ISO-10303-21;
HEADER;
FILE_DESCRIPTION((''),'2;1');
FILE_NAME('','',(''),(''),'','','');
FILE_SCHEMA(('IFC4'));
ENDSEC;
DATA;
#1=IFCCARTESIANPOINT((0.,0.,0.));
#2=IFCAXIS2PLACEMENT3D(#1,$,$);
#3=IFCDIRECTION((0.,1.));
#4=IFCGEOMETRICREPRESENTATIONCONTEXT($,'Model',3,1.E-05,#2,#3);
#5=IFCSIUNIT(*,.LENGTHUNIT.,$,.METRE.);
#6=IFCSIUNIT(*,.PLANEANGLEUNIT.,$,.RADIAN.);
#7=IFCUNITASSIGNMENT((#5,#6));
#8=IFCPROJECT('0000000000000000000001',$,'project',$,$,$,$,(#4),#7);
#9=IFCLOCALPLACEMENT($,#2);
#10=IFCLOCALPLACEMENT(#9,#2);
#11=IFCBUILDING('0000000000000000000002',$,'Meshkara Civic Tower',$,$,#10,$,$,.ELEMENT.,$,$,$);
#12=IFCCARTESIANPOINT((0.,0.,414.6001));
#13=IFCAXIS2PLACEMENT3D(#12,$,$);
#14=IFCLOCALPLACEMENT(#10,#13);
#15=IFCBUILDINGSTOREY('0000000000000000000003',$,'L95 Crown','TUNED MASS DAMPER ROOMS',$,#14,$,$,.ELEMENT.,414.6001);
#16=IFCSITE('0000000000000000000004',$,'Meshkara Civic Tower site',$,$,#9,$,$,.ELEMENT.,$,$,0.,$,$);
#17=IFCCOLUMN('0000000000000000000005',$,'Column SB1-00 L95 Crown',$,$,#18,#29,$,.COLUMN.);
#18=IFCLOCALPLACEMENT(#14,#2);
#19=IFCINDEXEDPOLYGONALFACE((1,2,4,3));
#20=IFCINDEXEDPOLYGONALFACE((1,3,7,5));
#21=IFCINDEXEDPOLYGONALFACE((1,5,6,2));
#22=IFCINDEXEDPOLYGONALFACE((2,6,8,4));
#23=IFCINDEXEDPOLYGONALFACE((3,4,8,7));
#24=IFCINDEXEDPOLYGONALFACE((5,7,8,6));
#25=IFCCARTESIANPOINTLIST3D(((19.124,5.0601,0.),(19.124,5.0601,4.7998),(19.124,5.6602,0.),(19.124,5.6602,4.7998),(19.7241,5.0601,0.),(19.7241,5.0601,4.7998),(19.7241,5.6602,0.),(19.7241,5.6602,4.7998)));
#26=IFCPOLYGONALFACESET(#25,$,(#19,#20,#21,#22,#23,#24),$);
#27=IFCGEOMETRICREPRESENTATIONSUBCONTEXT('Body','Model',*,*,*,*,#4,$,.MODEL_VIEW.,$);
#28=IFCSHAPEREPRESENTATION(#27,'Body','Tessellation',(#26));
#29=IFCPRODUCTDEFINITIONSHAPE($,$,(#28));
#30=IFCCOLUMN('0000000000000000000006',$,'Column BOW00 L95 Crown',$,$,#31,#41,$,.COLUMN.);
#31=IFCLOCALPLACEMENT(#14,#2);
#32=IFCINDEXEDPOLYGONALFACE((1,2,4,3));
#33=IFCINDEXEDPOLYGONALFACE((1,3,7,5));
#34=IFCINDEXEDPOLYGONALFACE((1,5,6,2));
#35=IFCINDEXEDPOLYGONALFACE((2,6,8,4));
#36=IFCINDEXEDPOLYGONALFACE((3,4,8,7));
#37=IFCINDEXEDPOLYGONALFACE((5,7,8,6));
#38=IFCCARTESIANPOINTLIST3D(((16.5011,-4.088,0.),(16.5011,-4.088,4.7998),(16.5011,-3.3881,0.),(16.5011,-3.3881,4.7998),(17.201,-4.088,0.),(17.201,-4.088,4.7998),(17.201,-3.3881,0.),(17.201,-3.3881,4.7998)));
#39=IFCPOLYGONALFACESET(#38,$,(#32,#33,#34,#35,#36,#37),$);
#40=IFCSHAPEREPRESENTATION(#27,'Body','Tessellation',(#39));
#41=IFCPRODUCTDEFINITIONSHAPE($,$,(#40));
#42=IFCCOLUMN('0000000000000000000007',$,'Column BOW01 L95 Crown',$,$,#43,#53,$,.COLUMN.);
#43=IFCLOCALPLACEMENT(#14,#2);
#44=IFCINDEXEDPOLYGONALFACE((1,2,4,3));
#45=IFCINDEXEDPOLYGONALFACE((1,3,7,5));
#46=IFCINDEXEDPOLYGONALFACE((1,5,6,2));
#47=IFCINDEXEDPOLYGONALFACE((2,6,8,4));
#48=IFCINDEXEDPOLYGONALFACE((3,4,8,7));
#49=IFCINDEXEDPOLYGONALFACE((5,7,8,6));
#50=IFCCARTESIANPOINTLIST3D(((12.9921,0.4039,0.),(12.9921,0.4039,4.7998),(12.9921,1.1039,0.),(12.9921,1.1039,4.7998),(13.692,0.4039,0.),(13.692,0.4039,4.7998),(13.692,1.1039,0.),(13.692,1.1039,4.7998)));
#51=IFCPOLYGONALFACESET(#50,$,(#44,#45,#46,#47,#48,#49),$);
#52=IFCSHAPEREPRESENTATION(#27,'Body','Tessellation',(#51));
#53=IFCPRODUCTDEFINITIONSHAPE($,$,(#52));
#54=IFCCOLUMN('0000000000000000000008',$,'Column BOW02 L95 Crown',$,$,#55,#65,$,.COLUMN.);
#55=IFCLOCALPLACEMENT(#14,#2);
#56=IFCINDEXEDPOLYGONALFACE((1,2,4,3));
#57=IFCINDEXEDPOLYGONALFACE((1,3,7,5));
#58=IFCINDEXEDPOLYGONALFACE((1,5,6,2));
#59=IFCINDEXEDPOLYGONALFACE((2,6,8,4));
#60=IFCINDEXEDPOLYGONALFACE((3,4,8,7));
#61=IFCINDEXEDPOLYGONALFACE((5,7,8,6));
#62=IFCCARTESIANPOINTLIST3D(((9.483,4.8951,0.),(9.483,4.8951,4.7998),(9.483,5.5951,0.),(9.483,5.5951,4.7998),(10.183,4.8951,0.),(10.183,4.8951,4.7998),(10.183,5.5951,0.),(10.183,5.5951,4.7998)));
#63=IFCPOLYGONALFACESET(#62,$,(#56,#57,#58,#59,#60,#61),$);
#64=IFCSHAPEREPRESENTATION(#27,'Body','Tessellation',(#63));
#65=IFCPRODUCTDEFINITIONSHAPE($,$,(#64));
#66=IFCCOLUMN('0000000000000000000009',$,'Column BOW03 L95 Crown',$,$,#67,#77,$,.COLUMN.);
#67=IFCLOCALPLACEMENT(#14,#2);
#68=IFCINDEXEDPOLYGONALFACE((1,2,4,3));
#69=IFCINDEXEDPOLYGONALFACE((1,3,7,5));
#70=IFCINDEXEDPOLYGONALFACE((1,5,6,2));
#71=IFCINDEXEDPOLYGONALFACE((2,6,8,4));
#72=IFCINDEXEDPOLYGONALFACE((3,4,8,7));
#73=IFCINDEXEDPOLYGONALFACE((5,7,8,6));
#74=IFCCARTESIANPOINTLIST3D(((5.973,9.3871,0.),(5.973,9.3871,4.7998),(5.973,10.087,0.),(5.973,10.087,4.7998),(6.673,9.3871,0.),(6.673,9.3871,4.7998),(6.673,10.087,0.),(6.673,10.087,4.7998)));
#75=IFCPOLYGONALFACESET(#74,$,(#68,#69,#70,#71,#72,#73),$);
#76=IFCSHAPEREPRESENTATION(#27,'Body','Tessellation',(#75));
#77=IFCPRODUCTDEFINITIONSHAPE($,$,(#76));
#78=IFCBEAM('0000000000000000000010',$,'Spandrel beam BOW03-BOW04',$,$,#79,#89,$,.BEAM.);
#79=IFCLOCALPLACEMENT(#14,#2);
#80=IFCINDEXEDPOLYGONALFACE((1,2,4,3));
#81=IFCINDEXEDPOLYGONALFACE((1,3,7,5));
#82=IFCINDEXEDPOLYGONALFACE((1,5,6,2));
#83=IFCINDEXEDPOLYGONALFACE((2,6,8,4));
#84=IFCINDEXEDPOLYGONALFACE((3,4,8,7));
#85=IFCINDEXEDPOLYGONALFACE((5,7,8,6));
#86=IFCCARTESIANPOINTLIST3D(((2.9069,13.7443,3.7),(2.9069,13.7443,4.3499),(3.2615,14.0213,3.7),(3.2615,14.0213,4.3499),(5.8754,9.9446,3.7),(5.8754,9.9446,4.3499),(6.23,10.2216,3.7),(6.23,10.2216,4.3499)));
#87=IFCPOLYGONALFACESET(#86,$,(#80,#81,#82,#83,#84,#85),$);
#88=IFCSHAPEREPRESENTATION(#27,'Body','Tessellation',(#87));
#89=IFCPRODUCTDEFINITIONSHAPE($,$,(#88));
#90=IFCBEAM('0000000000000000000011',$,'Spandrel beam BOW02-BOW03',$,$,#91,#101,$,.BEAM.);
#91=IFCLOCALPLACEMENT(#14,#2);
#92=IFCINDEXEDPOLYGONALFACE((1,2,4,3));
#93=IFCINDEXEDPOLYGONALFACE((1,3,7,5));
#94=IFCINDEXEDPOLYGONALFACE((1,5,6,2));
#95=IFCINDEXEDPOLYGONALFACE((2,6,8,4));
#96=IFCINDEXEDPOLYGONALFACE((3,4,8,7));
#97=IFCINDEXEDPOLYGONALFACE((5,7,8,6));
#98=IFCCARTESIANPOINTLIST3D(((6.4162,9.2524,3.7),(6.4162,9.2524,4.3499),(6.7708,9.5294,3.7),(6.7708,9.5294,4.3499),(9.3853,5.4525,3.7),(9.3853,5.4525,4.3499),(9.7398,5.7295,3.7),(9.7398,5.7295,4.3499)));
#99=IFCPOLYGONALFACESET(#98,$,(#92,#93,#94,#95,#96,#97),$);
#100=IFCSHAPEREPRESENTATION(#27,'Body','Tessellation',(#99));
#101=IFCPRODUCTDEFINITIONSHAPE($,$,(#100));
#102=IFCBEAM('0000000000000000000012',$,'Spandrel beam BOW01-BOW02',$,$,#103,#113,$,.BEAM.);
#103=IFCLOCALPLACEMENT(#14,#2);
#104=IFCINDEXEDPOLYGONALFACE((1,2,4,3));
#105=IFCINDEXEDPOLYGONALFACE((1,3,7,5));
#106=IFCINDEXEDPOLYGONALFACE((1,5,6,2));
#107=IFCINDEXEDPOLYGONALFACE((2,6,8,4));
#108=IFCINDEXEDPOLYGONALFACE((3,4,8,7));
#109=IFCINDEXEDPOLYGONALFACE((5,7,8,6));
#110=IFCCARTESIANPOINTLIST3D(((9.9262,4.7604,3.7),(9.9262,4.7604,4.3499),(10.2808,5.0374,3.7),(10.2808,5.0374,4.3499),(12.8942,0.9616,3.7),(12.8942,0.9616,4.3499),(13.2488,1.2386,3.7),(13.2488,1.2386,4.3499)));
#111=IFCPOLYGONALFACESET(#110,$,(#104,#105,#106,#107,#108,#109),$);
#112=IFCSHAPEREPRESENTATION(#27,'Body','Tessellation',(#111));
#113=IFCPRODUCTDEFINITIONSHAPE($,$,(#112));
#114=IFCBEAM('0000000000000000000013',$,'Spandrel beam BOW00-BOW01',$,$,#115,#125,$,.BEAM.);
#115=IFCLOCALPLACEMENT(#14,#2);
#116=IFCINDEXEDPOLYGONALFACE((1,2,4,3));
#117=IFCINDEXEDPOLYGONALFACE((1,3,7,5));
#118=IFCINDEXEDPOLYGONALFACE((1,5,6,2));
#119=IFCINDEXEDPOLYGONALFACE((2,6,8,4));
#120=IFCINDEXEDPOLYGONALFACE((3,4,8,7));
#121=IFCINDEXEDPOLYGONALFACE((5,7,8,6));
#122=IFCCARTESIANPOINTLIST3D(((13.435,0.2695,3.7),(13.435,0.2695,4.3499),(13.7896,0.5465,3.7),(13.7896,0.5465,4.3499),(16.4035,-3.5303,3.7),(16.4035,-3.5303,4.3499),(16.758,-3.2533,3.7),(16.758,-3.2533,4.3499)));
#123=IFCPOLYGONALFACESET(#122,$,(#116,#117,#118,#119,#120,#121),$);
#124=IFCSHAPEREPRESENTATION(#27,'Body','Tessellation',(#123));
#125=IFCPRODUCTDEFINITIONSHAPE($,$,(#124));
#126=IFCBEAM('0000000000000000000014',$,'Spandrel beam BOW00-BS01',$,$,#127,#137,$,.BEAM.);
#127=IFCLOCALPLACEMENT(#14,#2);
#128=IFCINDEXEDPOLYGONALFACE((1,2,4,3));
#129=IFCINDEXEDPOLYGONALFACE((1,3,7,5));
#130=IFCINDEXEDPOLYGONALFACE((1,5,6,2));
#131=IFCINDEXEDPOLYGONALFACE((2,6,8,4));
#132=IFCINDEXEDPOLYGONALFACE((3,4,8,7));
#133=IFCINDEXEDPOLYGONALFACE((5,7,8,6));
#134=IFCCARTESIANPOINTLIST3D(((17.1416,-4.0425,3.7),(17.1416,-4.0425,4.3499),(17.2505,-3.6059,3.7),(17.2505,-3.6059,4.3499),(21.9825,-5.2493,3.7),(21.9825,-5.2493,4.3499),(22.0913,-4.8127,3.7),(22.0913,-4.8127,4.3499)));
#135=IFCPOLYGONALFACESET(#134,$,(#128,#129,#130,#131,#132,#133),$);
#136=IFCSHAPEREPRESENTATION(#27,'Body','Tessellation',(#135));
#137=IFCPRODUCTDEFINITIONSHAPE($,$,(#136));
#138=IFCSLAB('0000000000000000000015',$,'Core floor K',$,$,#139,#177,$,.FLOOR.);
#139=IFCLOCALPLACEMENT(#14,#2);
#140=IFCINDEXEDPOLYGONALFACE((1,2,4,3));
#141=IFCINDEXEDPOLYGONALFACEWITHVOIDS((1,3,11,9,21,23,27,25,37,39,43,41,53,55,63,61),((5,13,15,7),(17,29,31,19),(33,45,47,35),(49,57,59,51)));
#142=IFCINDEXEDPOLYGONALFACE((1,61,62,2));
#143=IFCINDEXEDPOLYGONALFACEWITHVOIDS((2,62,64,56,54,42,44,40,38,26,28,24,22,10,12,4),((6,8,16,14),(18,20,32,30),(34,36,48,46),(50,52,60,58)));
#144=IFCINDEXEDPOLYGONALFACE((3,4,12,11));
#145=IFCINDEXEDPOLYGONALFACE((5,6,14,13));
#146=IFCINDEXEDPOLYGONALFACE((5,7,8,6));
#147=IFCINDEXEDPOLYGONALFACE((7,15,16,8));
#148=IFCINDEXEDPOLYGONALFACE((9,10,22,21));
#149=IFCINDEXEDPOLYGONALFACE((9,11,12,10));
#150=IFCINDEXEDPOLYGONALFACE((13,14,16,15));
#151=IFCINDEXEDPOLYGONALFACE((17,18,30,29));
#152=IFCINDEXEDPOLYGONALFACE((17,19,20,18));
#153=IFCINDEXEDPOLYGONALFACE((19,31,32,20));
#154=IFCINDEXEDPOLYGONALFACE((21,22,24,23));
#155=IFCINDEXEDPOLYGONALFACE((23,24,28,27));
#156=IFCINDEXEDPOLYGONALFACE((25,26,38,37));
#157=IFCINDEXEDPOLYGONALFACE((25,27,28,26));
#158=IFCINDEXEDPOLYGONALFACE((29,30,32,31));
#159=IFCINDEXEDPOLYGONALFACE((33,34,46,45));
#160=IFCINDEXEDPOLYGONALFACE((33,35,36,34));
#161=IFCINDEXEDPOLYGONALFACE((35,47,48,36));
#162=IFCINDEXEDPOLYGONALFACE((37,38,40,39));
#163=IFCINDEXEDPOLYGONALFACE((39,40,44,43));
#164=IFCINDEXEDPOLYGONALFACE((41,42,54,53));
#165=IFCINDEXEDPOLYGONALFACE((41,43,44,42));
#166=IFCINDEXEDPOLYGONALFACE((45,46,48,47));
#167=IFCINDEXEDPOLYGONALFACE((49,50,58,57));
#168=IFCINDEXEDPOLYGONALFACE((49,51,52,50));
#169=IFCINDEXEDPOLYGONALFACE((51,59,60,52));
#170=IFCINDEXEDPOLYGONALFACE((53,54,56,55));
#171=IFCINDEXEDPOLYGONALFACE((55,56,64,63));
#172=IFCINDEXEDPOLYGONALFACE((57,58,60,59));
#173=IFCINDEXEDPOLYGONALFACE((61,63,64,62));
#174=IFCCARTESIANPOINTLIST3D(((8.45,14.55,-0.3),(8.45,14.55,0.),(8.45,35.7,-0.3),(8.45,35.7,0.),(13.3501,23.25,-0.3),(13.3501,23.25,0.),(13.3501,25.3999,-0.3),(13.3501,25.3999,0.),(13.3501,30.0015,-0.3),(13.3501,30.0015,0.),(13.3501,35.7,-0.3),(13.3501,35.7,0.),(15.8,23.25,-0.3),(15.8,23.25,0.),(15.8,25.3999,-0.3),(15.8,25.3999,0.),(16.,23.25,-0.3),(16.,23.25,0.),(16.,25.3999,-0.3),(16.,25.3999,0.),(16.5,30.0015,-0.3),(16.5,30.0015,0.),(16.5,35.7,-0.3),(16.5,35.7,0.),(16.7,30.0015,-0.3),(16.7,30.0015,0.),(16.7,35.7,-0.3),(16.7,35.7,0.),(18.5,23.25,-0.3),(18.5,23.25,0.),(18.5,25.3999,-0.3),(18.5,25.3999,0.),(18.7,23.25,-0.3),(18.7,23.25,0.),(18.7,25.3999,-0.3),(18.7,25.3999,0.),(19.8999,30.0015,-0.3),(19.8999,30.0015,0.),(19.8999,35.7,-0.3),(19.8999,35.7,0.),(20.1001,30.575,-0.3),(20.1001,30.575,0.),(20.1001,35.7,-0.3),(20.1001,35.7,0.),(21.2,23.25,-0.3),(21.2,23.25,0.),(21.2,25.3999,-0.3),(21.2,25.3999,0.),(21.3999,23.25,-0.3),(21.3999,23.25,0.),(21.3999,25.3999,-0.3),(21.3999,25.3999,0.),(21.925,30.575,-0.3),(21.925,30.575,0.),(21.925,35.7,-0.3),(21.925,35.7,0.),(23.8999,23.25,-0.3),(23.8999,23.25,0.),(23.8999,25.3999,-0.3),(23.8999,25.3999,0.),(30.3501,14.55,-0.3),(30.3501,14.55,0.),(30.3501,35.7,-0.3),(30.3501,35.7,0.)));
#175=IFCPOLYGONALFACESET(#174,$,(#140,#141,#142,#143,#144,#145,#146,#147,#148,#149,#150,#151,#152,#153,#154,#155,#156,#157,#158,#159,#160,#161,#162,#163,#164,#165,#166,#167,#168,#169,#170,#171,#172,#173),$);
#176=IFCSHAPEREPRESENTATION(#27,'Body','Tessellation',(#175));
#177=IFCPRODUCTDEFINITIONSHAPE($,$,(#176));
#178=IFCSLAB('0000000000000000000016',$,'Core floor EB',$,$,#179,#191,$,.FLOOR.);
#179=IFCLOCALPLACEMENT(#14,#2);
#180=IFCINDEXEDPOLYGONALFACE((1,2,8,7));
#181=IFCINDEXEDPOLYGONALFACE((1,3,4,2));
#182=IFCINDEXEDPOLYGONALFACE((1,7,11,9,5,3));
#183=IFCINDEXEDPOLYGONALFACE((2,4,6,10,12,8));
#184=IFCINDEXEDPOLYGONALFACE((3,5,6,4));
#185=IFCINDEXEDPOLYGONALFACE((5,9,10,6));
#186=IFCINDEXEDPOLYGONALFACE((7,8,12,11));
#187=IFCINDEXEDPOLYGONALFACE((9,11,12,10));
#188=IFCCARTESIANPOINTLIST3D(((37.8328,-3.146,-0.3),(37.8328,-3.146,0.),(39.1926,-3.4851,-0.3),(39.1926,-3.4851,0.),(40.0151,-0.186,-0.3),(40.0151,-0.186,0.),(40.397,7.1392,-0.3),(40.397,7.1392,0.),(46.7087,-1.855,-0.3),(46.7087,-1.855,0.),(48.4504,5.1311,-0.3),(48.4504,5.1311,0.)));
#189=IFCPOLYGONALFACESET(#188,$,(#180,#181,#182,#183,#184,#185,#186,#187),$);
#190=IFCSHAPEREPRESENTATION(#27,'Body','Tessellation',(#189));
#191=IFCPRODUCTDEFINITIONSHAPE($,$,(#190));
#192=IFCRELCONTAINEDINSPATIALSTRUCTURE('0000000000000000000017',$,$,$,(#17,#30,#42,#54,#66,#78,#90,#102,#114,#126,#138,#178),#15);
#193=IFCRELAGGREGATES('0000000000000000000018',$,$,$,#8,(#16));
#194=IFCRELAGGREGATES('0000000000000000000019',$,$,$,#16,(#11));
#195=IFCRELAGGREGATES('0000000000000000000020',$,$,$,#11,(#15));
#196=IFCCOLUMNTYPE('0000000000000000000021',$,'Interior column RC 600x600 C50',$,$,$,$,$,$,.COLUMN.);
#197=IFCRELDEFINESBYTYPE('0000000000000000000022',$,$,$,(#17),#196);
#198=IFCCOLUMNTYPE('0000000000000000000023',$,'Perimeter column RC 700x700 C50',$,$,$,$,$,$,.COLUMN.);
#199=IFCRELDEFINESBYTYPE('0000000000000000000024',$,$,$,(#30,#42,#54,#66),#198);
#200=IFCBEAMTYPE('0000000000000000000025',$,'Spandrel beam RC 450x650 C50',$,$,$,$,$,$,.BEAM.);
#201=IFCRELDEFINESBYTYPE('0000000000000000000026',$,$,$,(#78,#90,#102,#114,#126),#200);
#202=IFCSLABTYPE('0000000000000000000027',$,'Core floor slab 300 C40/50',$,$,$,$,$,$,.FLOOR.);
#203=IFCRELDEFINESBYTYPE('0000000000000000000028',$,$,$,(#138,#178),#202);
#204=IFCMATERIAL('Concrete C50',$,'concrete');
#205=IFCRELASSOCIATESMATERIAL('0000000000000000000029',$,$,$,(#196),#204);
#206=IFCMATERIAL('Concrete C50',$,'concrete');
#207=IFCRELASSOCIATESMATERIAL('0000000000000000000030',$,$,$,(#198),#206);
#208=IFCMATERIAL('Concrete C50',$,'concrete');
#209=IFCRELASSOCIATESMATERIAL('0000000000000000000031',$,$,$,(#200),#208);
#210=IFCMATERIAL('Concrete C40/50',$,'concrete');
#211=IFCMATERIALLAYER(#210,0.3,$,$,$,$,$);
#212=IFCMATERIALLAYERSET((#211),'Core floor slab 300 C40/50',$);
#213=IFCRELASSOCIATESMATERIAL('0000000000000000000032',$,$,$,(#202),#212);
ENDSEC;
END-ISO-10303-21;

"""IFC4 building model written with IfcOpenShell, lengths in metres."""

from ifc_helpers import new_model, si_unit, direction, frame, origin, origin_2d, place, context, subcontext, project, spatial, polyline, rectangle, outline, extrude, material, layer, layer_set, material_profile, profile_set, type_object, element, save


model = new_model("IFC4")

# Units and contexts
model_context = context("Model", 3, precision=1e-05, world=origin(), true_north=direction((0.0, 1.0)))
body_context = subcontext(model_context, "Body", "Model", "MODEL_VIEW")
ifc_project = project(units=[si_unit("LENGTHUNIT", "METRE"), si_unit("PLANEANGLEUNIT", "RADIAN")], contexts=[model_context])

# Site, building, storey
site_placement = place(None, origin())
site = spatial("IfcSite", under=ifc_project, at=site_placement, Name="Meshkara Civic Tower site", CompositionType="ELEMENT", RefElevation=0.0)
building_placement = place(site_placement, origin())
building = spatial("IfcBuilding", under=site, at=building_placement, Name="Meshkara Civic Tower", CompositionType="ELEMENT")
storey_placement = place(building_placement, frame((0.0, 0.0, 414.6001)))
storey = spatial("IfcBuildingStorey", under=building, at=storey_placement, Name="L95 Crown", Description="TUNED MASS DAMPER ROOMS", CompositionType="ELEMENT", Elevation=414.6001)

# Columns
ifc_material_1 = material(Name="Concrete C50", Category="concrete")
ifc_material_profile_1 = material_profile(ifc_material_1, rectangle(XDim=0.6001, YDim=0.6001, at=origin_2d()))
ifc_profile_set_1 = profile_set([ifc_material_profile_1], Name="Concrete C50")
column_type_1 = type_object("IfcColumnType", Name="Interior column RC 600x600 C50", PredefinedType="COLUMN", material=ifc_profile_set_1)
column_placement = place(storey_placement, frame((19.4241, 5.3601, 0.0), z_axis=(0.0, 0.0, 1.0), x_axis=(1.0, 0.0, 0.0)))
element("IfcColumn", 1, at=column_placement, inside=storey, type_object=column_type_1, Name="Column SB1-00 L95 Crown", PredefinedType="COLUMN", context=body_context, shape_type="SweptSolid", body=[
    extrude(rectangle(XDim=0.6001, YDim=0.6001, at=origin_2d()), origin(), (0.0, 0.0, 1.0), 4.7998),
])
ifc_material_2 = material(Name="Concrete C50", Category="concrete")
ifc_material_profile_2 = material_profile(ifc_material_2, rectangle(XDim=0.7, YDim=0.7, at=origin_2d()))
ifc_profile_set_2 = profile_set([ifc_material_profile_2], Name="Concrete C50")
column_type_2 = type_object("IfcColumnType", Name="Perimeter column RC 700x700 C50", PredefinedType="COLUMN", material=ifc_profile_set_2)
for number, where, z_axis, x_axis, name in (
    (2, (16.8511, -3.738, 0.0), (0.0, 0.0, 1.0), (1.0, 0.0, 0.0), "Column BOW00 L95 Crown"),
    (3, (13.342, 0.7539, 0.0), (0.0, 0.0, 1.0), (1.0, 0.0, 0.0), "Column BOW01 L95 Crown"),
    (4, (9.833, 5.2451, 0.0), (0.0, 0.0, 1.0), (1.0, 0.0, 0.0), "Column BOW02 L95 Crown"),
    (5, (6.323, 9.7371, 0.0), (0.0, 0.0, 1.0), (1.0, 0.0, 0.0), "Column BOW03 L95 Crown"),
):
    element("IfcColumn", number, at=place(storey_placement, frame(where, z_axis=z_axis, x_axis=x_axis)), inside=storey, type_object=column_type_2, Name=name, PredefinedType="COLUMN", context=body_context, shape_type="SweptSolid", body=[
        extrude(rectangle(XDim=0.7, YDim=0.7, at=origin_2d()), origin(), (0.0, 0.0, 1.0), 4.7998),
    ])

# Beams
ifc_material_3 = material(Name="Concrete C50", Category="concrete")
ifc_material_profile_3 = material_profile(ifc_material_3, rectangle(XDim=0.45, YDim=0.6499, at=origin_2d()))
ifc_profile_set_3 = profile_set([ifc_material_profile_3], Name="Concrete C50")
beam_type = type_object("IfcBeamType", Name="Spandrel beam RC 450x650 C50", PredefinedType="BEAM", material=ifc_profile_set_3)
beam_1_placement = place(storey_placement, frame((3.0842, 13.8828, 4.0249), z_axis=(0.615632, -0.788034, 0.0), x_axis=(0.788034, 0.615632, 0.0)))
element("IfcBeam", 6, at=beam_1_placement, inside=storey, type_object=beam_type, Name="Spandrel beam BOW03-BOW04", PredefinedType="BEAM", context=body_context, shape_type="SweptSolid", body=[
    extrude(rectangle(XDim=0.45, YDim=0.6499, at=origin_2d()), origin(), (0.0, 0.0, 1.0), 4.8218),
])
beam_2_placement = place(storey_placement, frame((6.5935, 9.3909, 4.0249), z_axis=(0.615695, -0.787984, 0.0), x_axis=(0.787984, 0.615695, 0.0)))
element("IfcBeam", 7, at=beam_2_placement, inside=storey, type_object=beam_type, Name="Spandrel beam BOW02-BOW03", PredefinedType="BEAM", context=body_context, shape_type="SweptSolid", body=[
    extrude(rectangle(XDim=0.45, YDim=0.6499, at=origin_2d()), origin(), (0.0, 0.0, 1.0), 4.8223),
])
beam_3_placement = place(storey_placement, frame((10.1035, 4.8989, 4.0249), z_axis=(0.615668, -0.788006, 0.0), x_axis=(0.788006, 0.615668, 0.0)))
element("IfcBeam", 8, at=beam_3_placement, inside=storey, type_object=beam_type, Name="Spandrel beam BOW01-BOW02", PredefinedType="BEAM", context=body_context, shape_type="SweptSolid", body=[
    extrude(rectangle(XDim=0.45, YDim=0.6499, at=origin_2d()), origin(), (0.0, 0.0, 1.0), 4.8208),
])
beam_4_placement = place(storey_placement, frame((13.6123, 0.408, 4.0249), z_axis=(0.615632, -0.788034, 0.0), x_axis=(0.788034, 0.615632, 0.0)))
element("IfcBeam", 9, at=beam_4_placement, inside=storey, type_object=beam_type, Name="Spandrel beam BOW00-BOW01", PredefinedType="BEAM", context=body_context, shape_type="SweptSolid", body=[
    extrude(rectangle(XDim=0.45, YDim=0.6499, at=origin_2d()), origin(), (0.0, 0.0, 1.0), 4.8218),
])
beam_5_placement = place(storey_placement, frame((17.196, -3.8242, 4.0249), z_axis=(0.970303, -0.241891, 0.0), x_axis=(0.241891, 0.970303, 0.0)))
element("IfcBeam", 10, at=beam_5_placement, inside=storey, type_object=beam_type, Name="Spandrel beam BOW00-BS01", PredefinedType="BEAM", context=body_context, shape_type="SweptSolid", body=[
    extrude(rectangle(XDim=0.45, YDim=0.6499, at=origin_2d()), origin(), (0.0, 0.0, 1.0), 4.989),
])

# Slabs
ifc_material_4 = material(Name="Concrete C40/50", Category="concrete")
ifc_layer_1 = layer(ifc_material_4, 0.3)
ifc_layer_set_1 = layer_set([ifc_layer_1], Name="Core floor slab 300 C40/50")
slab_type_1 = type_object("IfcSlabType", Name="Core floor slab 300 C40/50", PredefinedType="FLOOR", material=ifc_layer_set_1)
slab_1_placement = place(storey_placement, frame((0.0, 0.0, -0.3)))
element("IfcSlab", 11, at=slab_1_placement, inside=storey, type_object=slab_type_1, Name="Core floor K", PredefinedType="FLOOR", context=body_context, shape_type="SweptSolid", body=[
    extrude(outline(polyline([(8.45, 35.7), (13.3501, 35.7), (13.3501, 30.0015), (16.5, 30.0015), (16.5, 35.7), (16.7, 35.7), (16.7, 30.0015), (19.8999, 30.0015), (19.8999, 35.7), (20.1001, 35.7), (20.1001, 30.575), (21.925, 30.575), (21.925, 35.7), (30.3501, 35.7), (30.3501, 14.55), (8.45, 14.55), (8.45, 35.7)]), holes=[polyline([(15.8, 23.25), (15.8, 25.3999), (13.3501, 25.3999), (13.3501, 23.25), (15.8, 23.25)]), polyline([(18.5, 25.3999), (16.0, 25.3999), (16.0, 23.25), (18.5, 23.25), (18.5, 25.3999)]), polyline([(18.7, 23.25), (21.2, 23.25), (21.2, 25.3999), (18.7, 25.3999), (18.7, 23.25)]), polyline([(23.8999, 23.25), (23.8999, 25.3999), (21.3999, 25.3999), (21.3999, 23.25), (23.8999, 23.25)])]), origin(), (0.0, 0.0, 1.0), 0.3),
])
slab_2_placement = place(storey_placement, frame((0.0, 0.0, -0.3)))
element("IfcSlab", 12, at=slab_2_placement, inside=storey, type_object=slab_type_1, Name="Core floor EB", PredefinedType="FLOOR", context=body_context, shape_type="SweptSolid", body=[
    extrude(outline(polyline([(40.397, 7.1392), (48.4504, 5.1311), (46.7087, -1.855), (40.0151, -0.186), (39.1926, -3.4851), (37.8328, -3.146), (40.397, 7.1392)])), origin(), (0.0, 0.0, 1.0), 0.3),
])

save(model, "model.ifc")
